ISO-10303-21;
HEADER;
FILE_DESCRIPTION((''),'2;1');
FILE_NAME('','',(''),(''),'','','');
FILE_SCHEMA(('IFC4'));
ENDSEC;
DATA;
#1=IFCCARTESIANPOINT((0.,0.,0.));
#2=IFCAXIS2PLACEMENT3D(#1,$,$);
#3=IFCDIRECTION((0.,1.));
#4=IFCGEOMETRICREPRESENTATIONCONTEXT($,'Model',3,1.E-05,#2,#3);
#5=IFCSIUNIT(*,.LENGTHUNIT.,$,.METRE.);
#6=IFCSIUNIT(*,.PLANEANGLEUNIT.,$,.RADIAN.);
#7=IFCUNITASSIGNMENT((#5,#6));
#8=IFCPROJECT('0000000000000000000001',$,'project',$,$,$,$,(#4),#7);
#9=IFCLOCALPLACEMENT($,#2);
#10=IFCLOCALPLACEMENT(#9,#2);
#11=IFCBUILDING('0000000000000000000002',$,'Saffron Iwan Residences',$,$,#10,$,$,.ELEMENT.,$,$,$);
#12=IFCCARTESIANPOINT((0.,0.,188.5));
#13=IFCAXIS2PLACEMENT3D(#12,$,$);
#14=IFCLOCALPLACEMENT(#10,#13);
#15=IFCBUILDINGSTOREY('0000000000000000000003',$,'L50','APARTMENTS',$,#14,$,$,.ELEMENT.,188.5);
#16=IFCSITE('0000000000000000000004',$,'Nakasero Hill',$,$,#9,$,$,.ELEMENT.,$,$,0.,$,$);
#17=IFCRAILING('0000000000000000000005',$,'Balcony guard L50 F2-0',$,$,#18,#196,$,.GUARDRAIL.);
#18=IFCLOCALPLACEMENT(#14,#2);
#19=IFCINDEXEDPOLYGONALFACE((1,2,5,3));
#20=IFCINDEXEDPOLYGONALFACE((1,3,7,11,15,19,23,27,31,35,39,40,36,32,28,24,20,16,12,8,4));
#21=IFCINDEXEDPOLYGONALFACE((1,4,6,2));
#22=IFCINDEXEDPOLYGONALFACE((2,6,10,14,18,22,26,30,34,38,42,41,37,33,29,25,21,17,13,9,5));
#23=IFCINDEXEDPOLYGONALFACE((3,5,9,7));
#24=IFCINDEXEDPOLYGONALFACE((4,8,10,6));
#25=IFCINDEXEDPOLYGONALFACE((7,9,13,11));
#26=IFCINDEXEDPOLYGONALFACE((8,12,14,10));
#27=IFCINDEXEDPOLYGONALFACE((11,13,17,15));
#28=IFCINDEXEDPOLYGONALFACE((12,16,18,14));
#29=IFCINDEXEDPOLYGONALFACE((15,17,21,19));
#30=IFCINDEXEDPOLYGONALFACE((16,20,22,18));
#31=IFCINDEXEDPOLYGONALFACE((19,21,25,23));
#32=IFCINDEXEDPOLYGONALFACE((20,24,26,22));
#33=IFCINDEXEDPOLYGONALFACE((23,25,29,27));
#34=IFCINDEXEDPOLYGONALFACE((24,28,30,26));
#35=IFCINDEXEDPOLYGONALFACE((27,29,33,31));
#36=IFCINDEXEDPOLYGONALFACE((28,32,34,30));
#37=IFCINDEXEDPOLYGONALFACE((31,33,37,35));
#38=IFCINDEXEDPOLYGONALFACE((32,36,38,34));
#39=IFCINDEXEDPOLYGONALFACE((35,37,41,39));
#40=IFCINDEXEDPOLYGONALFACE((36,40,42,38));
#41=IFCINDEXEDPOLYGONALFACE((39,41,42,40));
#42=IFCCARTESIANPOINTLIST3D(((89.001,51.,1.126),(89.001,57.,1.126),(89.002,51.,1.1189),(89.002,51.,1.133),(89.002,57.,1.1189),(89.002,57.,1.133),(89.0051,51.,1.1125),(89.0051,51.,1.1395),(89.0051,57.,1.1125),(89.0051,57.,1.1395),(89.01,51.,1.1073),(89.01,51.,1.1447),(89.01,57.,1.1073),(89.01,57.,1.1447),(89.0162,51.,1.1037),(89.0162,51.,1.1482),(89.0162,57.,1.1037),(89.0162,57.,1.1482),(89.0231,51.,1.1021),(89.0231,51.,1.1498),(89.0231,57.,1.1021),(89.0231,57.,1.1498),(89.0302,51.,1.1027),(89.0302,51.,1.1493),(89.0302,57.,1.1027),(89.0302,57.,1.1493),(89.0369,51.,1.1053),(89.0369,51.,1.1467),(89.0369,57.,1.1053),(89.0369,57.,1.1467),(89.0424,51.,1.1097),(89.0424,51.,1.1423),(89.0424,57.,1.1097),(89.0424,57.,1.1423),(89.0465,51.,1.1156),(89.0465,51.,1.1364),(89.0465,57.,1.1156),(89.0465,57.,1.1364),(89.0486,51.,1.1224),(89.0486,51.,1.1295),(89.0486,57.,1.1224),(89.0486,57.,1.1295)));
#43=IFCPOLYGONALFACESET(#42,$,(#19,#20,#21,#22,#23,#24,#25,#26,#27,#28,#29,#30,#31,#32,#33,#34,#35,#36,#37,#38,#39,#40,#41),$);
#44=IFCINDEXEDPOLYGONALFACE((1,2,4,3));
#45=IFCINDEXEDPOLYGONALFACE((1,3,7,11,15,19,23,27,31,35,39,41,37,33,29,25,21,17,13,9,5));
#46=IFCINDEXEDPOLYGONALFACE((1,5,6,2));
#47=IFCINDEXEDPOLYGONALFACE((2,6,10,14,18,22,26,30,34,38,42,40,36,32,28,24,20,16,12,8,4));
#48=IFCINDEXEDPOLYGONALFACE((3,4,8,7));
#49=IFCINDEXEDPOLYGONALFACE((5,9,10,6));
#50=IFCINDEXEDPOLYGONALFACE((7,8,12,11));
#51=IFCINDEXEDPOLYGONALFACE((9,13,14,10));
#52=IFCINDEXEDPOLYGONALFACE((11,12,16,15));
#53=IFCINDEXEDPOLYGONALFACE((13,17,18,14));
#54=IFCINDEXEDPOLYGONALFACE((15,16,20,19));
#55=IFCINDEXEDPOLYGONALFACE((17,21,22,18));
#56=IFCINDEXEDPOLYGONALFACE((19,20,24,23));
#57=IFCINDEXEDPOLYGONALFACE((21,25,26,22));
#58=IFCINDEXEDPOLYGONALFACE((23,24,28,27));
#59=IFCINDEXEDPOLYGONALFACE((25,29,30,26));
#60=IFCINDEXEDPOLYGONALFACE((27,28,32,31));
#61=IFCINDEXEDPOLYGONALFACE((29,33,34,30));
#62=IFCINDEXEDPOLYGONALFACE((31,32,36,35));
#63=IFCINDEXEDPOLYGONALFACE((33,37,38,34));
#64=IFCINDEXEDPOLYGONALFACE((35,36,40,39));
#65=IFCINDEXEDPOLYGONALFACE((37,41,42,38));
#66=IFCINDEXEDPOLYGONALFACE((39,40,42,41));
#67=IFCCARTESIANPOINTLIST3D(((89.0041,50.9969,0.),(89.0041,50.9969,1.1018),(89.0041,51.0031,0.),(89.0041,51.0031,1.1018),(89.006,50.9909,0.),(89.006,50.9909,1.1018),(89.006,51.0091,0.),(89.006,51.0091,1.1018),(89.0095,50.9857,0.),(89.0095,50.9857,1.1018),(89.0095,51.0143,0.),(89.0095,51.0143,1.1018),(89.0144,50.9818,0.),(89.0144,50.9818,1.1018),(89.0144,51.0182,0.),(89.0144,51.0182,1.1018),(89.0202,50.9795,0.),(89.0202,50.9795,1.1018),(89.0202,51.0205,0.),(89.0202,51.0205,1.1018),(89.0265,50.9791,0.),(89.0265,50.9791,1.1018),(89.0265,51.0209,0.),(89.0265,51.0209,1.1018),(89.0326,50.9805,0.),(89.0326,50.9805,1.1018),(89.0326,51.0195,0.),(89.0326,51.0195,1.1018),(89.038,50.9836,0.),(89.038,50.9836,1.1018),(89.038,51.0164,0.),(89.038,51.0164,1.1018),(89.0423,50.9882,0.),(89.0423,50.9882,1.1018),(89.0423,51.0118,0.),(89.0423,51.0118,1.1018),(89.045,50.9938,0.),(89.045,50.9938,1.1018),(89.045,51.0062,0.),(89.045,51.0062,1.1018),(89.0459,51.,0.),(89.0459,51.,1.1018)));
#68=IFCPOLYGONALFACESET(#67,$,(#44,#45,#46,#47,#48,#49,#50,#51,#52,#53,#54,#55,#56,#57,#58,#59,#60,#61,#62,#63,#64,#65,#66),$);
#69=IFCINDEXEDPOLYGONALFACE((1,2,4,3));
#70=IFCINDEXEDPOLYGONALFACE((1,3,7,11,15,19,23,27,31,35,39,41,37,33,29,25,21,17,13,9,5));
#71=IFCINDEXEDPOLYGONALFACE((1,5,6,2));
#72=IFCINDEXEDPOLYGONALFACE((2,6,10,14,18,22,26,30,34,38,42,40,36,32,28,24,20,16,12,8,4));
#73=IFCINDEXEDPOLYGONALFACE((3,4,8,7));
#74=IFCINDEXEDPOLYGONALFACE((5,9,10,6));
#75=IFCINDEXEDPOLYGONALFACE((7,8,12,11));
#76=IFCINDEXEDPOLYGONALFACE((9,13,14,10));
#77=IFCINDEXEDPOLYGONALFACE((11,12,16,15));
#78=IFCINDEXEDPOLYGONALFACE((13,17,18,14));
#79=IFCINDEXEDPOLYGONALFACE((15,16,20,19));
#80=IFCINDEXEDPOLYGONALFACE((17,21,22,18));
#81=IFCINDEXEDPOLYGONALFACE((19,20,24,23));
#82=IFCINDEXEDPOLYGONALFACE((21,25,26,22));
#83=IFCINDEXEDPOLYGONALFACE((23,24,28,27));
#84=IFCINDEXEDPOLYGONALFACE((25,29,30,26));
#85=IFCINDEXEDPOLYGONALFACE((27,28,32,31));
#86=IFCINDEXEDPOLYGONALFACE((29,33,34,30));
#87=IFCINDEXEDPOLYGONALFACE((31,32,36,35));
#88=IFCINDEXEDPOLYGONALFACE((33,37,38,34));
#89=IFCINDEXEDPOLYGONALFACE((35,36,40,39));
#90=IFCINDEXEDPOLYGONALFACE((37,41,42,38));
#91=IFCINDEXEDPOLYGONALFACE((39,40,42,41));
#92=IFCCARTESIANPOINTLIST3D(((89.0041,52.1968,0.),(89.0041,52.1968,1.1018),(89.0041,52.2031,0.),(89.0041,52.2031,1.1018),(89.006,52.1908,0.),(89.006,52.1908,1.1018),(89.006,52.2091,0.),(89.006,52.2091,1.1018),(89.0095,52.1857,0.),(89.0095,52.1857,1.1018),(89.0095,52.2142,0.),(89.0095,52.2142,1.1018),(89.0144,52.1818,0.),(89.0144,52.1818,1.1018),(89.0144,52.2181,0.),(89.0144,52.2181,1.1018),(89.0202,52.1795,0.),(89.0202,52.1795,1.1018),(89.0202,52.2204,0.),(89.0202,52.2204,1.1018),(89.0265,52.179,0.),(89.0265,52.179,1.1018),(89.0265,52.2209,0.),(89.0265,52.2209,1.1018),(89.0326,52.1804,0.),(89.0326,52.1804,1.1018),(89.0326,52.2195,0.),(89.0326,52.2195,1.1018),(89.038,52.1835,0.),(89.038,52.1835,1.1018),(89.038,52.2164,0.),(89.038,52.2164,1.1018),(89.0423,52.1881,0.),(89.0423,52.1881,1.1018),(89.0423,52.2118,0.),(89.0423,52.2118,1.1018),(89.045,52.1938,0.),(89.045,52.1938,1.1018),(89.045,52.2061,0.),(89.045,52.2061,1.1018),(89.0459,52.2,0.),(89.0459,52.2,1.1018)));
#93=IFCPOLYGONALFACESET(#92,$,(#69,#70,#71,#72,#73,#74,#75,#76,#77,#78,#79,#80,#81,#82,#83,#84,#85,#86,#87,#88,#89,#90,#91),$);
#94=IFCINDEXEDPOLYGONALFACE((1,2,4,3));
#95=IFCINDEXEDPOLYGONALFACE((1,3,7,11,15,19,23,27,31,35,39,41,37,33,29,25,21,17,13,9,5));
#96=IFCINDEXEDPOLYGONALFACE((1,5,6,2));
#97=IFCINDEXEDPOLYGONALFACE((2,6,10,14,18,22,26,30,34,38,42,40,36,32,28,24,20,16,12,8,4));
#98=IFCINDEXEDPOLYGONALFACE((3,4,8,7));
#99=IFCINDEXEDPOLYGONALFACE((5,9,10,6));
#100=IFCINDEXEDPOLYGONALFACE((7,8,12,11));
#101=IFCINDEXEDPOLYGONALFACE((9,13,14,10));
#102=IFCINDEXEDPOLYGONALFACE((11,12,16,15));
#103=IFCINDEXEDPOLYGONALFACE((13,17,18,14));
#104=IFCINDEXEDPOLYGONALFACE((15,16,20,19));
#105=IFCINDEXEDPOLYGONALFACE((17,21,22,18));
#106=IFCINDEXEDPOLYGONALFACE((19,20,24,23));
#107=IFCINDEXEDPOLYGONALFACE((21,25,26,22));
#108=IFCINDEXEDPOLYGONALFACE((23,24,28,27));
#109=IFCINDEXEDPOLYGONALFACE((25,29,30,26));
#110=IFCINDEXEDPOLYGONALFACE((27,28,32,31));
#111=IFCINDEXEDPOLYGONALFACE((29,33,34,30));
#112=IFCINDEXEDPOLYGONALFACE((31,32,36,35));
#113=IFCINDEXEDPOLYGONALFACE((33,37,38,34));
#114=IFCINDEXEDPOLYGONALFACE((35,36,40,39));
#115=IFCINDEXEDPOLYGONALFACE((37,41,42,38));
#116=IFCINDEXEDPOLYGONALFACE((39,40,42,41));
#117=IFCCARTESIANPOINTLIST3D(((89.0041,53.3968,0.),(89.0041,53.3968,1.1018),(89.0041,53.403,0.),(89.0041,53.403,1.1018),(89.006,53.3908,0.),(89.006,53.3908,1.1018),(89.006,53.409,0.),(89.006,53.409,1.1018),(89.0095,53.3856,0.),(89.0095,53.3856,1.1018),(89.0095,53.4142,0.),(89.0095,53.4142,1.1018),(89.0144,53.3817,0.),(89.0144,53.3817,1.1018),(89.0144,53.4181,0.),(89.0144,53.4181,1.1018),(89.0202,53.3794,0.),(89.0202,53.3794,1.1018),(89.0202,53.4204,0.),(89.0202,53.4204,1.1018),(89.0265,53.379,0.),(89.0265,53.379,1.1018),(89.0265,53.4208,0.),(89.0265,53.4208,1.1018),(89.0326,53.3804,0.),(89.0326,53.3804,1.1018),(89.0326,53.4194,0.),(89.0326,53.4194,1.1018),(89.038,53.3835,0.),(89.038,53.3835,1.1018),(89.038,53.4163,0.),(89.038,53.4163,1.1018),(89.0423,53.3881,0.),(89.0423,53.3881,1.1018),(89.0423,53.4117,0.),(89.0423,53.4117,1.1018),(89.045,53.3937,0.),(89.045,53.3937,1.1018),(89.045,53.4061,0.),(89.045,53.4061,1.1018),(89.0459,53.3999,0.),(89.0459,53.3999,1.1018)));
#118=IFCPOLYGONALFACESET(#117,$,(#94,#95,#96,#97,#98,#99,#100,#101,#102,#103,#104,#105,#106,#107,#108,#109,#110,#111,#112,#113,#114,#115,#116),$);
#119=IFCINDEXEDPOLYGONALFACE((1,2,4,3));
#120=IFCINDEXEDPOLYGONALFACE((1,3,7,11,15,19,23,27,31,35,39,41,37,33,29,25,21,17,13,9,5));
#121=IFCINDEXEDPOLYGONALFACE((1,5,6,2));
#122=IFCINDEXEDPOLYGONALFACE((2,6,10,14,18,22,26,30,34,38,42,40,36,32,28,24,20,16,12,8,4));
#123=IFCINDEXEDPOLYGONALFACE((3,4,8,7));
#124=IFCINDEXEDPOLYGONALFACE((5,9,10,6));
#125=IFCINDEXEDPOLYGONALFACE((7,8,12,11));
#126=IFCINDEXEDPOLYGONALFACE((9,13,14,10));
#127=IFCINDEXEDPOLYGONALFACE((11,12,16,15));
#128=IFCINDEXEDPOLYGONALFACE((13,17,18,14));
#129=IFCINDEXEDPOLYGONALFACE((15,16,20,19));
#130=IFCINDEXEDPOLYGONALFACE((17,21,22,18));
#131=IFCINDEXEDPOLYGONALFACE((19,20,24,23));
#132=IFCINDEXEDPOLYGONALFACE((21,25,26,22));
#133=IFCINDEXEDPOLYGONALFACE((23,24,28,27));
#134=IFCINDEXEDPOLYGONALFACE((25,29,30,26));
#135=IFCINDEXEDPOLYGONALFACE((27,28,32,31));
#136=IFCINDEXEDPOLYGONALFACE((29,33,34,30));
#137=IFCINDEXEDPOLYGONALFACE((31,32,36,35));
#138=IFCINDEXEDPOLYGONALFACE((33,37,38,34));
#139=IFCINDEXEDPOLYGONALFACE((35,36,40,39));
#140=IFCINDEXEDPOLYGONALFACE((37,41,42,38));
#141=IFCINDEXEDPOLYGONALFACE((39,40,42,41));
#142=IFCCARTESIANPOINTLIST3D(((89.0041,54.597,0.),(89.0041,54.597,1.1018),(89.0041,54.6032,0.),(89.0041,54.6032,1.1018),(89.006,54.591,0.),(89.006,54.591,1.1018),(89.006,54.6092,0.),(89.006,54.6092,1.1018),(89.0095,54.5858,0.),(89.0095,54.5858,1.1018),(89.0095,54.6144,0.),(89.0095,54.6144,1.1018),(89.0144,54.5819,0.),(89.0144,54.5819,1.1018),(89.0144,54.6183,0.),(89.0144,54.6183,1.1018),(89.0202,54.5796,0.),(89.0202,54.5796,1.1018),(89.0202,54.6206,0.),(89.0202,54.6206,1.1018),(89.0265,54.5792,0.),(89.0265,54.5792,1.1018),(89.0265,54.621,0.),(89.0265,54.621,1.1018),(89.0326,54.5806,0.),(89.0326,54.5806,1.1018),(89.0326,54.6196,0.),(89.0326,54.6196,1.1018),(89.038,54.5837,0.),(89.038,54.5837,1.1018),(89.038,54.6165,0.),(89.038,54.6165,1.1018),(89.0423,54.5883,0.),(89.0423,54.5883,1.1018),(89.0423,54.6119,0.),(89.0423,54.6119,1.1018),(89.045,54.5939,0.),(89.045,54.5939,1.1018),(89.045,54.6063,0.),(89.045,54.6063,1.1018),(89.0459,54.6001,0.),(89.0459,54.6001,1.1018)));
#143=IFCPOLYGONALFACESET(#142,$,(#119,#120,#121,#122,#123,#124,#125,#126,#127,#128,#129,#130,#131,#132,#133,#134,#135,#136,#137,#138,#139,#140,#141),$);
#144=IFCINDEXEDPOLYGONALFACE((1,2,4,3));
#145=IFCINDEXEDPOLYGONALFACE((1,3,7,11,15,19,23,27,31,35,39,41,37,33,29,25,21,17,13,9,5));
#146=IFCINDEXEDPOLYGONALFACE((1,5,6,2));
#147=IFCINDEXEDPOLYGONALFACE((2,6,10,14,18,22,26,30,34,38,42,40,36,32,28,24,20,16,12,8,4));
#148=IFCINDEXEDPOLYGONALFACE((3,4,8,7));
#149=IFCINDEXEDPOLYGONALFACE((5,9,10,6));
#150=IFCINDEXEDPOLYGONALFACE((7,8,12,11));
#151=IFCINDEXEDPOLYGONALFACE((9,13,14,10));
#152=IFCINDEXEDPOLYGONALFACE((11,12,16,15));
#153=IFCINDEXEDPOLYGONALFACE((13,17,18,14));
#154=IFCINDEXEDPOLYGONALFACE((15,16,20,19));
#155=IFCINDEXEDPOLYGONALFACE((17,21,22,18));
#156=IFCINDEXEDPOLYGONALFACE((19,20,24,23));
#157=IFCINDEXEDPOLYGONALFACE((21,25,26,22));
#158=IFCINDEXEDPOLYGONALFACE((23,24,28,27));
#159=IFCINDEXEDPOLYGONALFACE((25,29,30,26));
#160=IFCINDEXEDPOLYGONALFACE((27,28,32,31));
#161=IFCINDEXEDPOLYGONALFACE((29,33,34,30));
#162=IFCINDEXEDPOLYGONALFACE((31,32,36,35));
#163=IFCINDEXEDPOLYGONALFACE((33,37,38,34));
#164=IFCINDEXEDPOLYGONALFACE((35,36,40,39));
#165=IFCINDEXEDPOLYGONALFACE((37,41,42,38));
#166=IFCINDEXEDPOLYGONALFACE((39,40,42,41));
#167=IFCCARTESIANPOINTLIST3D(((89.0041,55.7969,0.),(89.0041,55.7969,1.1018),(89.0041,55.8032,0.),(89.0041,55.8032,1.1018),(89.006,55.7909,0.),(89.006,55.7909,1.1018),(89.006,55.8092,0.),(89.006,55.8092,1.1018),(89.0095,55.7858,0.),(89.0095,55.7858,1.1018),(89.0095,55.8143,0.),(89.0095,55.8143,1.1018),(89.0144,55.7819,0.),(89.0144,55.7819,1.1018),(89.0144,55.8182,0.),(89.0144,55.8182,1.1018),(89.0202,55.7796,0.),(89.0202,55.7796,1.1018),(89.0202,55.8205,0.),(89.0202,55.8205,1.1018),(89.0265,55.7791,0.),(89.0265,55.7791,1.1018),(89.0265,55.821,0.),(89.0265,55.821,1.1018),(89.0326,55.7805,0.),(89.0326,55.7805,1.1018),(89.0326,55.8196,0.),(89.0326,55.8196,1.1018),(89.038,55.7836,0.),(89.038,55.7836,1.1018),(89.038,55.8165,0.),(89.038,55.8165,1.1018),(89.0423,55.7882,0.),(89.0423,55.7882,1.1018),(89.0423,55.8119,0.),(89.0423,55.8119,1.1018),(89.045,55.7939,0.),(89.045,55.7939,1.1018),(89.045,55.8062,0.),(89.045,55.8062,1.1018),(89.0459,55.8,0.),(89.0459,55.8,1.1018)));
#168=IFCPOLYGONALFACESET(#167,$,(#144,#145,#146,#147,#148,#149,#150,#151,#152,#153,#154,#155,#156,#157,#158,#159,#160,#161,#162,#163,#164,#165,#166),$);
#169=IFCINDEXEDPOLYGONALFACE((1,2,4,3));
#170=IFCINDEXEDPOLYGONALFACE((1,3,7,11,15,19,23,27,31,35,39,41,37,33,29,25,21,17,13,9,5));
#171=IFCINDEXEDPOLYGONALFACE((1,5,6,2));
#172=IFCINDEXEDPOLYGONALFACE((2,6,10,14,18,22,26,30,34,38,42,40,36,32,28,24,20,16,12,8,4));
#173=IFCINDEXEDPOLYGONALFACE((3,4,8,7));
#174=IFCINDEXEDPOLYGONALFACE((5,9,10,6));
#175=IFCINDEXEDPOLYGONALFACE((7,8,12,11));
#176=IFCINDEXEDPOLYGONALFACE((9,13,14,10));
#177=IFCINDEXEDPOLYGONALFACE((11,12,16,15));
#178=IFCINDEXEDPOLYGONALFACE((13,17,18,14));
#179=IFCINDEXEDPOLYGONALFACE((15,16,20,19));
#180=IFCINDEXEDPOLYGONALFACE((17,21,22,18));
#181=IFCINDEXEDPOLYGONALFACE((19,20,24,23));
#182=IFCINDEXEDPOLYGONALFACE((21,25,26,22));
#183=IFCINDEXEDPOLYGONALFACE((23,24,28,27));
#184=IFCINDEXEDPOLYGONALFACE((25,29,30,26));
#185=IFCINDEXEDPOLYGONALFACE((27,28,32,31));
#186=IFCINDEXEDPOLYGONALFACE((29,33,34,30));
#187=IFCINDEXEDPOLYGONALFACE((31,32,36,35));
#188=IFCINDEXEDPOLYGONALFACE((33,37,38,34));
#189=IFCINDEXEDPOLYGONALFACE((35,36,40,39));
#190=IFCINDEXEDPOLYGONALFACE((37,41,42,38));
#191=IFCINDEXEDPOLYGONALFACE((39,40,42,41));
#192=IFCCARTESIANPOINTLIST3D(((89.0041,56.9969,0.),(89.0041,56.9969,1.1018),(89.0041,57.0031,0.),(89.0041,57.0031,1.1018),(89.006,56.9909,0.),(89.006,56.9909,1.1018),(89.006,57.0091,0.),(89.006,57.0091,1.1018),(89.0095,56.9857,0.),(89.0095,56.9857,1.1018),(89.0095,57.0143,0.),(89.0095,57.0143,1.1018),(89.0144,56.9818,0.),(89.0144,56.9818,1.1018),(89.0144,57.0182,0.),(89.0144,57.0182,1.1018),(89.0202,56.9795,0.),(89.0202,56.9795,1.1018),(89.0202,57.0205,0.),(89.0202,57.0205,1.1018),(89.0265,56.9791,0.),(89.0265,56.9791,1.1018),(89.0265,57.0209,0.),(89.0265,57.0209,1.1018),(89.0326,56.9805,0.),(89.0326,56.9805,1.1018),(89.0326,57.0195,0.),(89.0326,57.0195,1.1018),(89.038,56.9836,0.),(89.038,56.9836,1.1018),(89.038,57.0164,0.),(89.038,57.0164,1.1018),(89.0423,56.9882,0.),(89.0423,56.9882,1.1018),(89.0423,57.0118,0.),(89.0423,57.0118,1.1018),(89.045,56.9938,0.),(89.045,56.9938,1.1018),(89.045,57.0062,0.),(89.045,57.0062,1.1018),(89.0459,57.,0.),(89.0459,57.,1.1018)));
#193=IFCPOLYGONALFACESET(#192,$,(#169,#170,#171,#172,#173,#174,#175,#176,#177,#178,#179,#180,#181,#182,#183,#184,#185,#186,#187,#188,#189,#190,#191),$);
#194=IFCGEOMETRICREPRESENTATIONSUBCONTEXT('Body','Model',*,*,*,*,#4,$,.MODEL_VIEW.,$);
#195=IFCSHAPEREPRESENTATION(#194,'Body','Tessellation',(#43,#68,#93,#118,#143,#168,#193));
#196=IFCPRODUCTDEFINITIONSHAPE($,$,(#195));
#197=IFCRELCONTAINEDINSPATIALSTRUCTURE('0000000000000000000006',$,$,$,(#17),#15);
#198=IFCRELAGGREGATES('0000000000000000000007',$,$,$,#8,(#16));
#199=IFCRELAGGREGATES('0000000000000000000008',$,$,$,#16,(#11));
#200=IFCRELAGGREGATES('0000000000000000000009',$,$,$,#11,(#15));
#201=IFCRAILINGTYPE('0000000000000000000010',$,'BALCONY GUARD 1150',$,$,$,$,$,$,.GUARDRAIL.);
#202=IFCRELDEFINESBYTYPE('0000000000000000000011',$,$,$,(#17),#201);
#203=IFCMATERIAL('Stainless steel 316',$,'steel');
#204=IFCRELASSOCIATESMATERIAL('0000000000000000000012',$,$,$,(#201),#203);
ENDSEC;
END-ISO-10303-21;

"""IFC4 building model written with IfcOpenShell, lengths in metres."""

from ifc_helpers import new_model, si_unit, direction, frame, origin, origin_2d, place, context, subcontext, project, spatial, circle, extrude, material, type_object, element, save


model = new_model("IFC4")

# Units and contexts
model_context = context("Model", 3, precision=1e-05, world=origin(), true_north=direction((0.0, 1.0)))
body_context = subcontext(model_context, "Body", "Model", "MODEL_VIEW")
ifc_project = project(units=[si_unit("LENGTHUNIT", "METRE"), si_unit("PLANEANGLEUNIT", "RADIAN")], contexts=[model_context])

# Site, building, storey
site_placement = place(None, origin())
site = spatial("IfcSite", under=ifc_project, at=site_placement, Name="Nakasero Hill", CompositionType="ELEMENT", RefElevation=0.0)
building_placement = place(site_placement, origin())
building = spatial("IfcBuilding", under=site, at=building_placement, Name="Saffron Iwan Residences", CompositionType="ELEMENT")
storey_placement = place(building_placement, frame((0.0, 0.0, 188.5)))
storey = spatial("IfcBuildingStorey", under=building, at=storey_placement, Name="L50", Description="APARTMENTS", CompositionType="ELEMENT", Elevation=188.5)

# Railing
ifc_material_1 = material(Name="Stainless steel 316", Category="steel")
railing_type = type_object("IfcRailingType", Name="BALCONY GUARD 1150", PredefinedType="GUARDRAIL", material=ifc_material_1)
railing_placement = place(storey_placement, frame((89.0249, 51.0, 0.0)))
element("IfcRailing", 1, at=railing_placement, inside=storey, type_object=railing_type, Name="Balcony guard L50 F2-0", PredefinedType="GUARDRAIL", context=body_context, shape_type="SweptSolid", body=[
    extrude(circle(Radius=0.0239, at=origin_2d()), frame((0.0, 0.0, 1.126), z_axis=(0.0, 1.0, 0.0), x_axis=(-1.0, 0.0, 0.0)), (0.0, 0.0, 1.0), 6.0),
    extrude(circle(Radius=0.021, at=origin_2d()), origin(), (0.0, 0.0, 1.0), 1.1018),
    extrude(circle(Radius=0.021, at=origin_2d()), frame((0.0, 1.2, 0.0)), (0.0, 0.0, 1.0), 1.1018),
    extrude(circle(Radius=0.021, at=origin_2d()), frame((0.0, 2.3999, 0.0)), (0.0, 0.0, 1.0), 1.1018),
    extrude(circle(Radius=0.021, at=origin_2d()), frame((0.0, 3.6001, 0.0)), (0.0, 0.0, 1.0), 1.1018),
    extrude(circle(Radius=0.021, at=origin_2d()), frame((0.0, 4.8, 0.0)), (0.0, 0.0, 1.0), 1.1018),
    extrude(circle(Radius=0.021, at=origin_2d()), frame((0.0, 6.0, 0.0)), (0.0, 0.0, 1.0), 1.1018),
])

save(model, "model.ifc")
